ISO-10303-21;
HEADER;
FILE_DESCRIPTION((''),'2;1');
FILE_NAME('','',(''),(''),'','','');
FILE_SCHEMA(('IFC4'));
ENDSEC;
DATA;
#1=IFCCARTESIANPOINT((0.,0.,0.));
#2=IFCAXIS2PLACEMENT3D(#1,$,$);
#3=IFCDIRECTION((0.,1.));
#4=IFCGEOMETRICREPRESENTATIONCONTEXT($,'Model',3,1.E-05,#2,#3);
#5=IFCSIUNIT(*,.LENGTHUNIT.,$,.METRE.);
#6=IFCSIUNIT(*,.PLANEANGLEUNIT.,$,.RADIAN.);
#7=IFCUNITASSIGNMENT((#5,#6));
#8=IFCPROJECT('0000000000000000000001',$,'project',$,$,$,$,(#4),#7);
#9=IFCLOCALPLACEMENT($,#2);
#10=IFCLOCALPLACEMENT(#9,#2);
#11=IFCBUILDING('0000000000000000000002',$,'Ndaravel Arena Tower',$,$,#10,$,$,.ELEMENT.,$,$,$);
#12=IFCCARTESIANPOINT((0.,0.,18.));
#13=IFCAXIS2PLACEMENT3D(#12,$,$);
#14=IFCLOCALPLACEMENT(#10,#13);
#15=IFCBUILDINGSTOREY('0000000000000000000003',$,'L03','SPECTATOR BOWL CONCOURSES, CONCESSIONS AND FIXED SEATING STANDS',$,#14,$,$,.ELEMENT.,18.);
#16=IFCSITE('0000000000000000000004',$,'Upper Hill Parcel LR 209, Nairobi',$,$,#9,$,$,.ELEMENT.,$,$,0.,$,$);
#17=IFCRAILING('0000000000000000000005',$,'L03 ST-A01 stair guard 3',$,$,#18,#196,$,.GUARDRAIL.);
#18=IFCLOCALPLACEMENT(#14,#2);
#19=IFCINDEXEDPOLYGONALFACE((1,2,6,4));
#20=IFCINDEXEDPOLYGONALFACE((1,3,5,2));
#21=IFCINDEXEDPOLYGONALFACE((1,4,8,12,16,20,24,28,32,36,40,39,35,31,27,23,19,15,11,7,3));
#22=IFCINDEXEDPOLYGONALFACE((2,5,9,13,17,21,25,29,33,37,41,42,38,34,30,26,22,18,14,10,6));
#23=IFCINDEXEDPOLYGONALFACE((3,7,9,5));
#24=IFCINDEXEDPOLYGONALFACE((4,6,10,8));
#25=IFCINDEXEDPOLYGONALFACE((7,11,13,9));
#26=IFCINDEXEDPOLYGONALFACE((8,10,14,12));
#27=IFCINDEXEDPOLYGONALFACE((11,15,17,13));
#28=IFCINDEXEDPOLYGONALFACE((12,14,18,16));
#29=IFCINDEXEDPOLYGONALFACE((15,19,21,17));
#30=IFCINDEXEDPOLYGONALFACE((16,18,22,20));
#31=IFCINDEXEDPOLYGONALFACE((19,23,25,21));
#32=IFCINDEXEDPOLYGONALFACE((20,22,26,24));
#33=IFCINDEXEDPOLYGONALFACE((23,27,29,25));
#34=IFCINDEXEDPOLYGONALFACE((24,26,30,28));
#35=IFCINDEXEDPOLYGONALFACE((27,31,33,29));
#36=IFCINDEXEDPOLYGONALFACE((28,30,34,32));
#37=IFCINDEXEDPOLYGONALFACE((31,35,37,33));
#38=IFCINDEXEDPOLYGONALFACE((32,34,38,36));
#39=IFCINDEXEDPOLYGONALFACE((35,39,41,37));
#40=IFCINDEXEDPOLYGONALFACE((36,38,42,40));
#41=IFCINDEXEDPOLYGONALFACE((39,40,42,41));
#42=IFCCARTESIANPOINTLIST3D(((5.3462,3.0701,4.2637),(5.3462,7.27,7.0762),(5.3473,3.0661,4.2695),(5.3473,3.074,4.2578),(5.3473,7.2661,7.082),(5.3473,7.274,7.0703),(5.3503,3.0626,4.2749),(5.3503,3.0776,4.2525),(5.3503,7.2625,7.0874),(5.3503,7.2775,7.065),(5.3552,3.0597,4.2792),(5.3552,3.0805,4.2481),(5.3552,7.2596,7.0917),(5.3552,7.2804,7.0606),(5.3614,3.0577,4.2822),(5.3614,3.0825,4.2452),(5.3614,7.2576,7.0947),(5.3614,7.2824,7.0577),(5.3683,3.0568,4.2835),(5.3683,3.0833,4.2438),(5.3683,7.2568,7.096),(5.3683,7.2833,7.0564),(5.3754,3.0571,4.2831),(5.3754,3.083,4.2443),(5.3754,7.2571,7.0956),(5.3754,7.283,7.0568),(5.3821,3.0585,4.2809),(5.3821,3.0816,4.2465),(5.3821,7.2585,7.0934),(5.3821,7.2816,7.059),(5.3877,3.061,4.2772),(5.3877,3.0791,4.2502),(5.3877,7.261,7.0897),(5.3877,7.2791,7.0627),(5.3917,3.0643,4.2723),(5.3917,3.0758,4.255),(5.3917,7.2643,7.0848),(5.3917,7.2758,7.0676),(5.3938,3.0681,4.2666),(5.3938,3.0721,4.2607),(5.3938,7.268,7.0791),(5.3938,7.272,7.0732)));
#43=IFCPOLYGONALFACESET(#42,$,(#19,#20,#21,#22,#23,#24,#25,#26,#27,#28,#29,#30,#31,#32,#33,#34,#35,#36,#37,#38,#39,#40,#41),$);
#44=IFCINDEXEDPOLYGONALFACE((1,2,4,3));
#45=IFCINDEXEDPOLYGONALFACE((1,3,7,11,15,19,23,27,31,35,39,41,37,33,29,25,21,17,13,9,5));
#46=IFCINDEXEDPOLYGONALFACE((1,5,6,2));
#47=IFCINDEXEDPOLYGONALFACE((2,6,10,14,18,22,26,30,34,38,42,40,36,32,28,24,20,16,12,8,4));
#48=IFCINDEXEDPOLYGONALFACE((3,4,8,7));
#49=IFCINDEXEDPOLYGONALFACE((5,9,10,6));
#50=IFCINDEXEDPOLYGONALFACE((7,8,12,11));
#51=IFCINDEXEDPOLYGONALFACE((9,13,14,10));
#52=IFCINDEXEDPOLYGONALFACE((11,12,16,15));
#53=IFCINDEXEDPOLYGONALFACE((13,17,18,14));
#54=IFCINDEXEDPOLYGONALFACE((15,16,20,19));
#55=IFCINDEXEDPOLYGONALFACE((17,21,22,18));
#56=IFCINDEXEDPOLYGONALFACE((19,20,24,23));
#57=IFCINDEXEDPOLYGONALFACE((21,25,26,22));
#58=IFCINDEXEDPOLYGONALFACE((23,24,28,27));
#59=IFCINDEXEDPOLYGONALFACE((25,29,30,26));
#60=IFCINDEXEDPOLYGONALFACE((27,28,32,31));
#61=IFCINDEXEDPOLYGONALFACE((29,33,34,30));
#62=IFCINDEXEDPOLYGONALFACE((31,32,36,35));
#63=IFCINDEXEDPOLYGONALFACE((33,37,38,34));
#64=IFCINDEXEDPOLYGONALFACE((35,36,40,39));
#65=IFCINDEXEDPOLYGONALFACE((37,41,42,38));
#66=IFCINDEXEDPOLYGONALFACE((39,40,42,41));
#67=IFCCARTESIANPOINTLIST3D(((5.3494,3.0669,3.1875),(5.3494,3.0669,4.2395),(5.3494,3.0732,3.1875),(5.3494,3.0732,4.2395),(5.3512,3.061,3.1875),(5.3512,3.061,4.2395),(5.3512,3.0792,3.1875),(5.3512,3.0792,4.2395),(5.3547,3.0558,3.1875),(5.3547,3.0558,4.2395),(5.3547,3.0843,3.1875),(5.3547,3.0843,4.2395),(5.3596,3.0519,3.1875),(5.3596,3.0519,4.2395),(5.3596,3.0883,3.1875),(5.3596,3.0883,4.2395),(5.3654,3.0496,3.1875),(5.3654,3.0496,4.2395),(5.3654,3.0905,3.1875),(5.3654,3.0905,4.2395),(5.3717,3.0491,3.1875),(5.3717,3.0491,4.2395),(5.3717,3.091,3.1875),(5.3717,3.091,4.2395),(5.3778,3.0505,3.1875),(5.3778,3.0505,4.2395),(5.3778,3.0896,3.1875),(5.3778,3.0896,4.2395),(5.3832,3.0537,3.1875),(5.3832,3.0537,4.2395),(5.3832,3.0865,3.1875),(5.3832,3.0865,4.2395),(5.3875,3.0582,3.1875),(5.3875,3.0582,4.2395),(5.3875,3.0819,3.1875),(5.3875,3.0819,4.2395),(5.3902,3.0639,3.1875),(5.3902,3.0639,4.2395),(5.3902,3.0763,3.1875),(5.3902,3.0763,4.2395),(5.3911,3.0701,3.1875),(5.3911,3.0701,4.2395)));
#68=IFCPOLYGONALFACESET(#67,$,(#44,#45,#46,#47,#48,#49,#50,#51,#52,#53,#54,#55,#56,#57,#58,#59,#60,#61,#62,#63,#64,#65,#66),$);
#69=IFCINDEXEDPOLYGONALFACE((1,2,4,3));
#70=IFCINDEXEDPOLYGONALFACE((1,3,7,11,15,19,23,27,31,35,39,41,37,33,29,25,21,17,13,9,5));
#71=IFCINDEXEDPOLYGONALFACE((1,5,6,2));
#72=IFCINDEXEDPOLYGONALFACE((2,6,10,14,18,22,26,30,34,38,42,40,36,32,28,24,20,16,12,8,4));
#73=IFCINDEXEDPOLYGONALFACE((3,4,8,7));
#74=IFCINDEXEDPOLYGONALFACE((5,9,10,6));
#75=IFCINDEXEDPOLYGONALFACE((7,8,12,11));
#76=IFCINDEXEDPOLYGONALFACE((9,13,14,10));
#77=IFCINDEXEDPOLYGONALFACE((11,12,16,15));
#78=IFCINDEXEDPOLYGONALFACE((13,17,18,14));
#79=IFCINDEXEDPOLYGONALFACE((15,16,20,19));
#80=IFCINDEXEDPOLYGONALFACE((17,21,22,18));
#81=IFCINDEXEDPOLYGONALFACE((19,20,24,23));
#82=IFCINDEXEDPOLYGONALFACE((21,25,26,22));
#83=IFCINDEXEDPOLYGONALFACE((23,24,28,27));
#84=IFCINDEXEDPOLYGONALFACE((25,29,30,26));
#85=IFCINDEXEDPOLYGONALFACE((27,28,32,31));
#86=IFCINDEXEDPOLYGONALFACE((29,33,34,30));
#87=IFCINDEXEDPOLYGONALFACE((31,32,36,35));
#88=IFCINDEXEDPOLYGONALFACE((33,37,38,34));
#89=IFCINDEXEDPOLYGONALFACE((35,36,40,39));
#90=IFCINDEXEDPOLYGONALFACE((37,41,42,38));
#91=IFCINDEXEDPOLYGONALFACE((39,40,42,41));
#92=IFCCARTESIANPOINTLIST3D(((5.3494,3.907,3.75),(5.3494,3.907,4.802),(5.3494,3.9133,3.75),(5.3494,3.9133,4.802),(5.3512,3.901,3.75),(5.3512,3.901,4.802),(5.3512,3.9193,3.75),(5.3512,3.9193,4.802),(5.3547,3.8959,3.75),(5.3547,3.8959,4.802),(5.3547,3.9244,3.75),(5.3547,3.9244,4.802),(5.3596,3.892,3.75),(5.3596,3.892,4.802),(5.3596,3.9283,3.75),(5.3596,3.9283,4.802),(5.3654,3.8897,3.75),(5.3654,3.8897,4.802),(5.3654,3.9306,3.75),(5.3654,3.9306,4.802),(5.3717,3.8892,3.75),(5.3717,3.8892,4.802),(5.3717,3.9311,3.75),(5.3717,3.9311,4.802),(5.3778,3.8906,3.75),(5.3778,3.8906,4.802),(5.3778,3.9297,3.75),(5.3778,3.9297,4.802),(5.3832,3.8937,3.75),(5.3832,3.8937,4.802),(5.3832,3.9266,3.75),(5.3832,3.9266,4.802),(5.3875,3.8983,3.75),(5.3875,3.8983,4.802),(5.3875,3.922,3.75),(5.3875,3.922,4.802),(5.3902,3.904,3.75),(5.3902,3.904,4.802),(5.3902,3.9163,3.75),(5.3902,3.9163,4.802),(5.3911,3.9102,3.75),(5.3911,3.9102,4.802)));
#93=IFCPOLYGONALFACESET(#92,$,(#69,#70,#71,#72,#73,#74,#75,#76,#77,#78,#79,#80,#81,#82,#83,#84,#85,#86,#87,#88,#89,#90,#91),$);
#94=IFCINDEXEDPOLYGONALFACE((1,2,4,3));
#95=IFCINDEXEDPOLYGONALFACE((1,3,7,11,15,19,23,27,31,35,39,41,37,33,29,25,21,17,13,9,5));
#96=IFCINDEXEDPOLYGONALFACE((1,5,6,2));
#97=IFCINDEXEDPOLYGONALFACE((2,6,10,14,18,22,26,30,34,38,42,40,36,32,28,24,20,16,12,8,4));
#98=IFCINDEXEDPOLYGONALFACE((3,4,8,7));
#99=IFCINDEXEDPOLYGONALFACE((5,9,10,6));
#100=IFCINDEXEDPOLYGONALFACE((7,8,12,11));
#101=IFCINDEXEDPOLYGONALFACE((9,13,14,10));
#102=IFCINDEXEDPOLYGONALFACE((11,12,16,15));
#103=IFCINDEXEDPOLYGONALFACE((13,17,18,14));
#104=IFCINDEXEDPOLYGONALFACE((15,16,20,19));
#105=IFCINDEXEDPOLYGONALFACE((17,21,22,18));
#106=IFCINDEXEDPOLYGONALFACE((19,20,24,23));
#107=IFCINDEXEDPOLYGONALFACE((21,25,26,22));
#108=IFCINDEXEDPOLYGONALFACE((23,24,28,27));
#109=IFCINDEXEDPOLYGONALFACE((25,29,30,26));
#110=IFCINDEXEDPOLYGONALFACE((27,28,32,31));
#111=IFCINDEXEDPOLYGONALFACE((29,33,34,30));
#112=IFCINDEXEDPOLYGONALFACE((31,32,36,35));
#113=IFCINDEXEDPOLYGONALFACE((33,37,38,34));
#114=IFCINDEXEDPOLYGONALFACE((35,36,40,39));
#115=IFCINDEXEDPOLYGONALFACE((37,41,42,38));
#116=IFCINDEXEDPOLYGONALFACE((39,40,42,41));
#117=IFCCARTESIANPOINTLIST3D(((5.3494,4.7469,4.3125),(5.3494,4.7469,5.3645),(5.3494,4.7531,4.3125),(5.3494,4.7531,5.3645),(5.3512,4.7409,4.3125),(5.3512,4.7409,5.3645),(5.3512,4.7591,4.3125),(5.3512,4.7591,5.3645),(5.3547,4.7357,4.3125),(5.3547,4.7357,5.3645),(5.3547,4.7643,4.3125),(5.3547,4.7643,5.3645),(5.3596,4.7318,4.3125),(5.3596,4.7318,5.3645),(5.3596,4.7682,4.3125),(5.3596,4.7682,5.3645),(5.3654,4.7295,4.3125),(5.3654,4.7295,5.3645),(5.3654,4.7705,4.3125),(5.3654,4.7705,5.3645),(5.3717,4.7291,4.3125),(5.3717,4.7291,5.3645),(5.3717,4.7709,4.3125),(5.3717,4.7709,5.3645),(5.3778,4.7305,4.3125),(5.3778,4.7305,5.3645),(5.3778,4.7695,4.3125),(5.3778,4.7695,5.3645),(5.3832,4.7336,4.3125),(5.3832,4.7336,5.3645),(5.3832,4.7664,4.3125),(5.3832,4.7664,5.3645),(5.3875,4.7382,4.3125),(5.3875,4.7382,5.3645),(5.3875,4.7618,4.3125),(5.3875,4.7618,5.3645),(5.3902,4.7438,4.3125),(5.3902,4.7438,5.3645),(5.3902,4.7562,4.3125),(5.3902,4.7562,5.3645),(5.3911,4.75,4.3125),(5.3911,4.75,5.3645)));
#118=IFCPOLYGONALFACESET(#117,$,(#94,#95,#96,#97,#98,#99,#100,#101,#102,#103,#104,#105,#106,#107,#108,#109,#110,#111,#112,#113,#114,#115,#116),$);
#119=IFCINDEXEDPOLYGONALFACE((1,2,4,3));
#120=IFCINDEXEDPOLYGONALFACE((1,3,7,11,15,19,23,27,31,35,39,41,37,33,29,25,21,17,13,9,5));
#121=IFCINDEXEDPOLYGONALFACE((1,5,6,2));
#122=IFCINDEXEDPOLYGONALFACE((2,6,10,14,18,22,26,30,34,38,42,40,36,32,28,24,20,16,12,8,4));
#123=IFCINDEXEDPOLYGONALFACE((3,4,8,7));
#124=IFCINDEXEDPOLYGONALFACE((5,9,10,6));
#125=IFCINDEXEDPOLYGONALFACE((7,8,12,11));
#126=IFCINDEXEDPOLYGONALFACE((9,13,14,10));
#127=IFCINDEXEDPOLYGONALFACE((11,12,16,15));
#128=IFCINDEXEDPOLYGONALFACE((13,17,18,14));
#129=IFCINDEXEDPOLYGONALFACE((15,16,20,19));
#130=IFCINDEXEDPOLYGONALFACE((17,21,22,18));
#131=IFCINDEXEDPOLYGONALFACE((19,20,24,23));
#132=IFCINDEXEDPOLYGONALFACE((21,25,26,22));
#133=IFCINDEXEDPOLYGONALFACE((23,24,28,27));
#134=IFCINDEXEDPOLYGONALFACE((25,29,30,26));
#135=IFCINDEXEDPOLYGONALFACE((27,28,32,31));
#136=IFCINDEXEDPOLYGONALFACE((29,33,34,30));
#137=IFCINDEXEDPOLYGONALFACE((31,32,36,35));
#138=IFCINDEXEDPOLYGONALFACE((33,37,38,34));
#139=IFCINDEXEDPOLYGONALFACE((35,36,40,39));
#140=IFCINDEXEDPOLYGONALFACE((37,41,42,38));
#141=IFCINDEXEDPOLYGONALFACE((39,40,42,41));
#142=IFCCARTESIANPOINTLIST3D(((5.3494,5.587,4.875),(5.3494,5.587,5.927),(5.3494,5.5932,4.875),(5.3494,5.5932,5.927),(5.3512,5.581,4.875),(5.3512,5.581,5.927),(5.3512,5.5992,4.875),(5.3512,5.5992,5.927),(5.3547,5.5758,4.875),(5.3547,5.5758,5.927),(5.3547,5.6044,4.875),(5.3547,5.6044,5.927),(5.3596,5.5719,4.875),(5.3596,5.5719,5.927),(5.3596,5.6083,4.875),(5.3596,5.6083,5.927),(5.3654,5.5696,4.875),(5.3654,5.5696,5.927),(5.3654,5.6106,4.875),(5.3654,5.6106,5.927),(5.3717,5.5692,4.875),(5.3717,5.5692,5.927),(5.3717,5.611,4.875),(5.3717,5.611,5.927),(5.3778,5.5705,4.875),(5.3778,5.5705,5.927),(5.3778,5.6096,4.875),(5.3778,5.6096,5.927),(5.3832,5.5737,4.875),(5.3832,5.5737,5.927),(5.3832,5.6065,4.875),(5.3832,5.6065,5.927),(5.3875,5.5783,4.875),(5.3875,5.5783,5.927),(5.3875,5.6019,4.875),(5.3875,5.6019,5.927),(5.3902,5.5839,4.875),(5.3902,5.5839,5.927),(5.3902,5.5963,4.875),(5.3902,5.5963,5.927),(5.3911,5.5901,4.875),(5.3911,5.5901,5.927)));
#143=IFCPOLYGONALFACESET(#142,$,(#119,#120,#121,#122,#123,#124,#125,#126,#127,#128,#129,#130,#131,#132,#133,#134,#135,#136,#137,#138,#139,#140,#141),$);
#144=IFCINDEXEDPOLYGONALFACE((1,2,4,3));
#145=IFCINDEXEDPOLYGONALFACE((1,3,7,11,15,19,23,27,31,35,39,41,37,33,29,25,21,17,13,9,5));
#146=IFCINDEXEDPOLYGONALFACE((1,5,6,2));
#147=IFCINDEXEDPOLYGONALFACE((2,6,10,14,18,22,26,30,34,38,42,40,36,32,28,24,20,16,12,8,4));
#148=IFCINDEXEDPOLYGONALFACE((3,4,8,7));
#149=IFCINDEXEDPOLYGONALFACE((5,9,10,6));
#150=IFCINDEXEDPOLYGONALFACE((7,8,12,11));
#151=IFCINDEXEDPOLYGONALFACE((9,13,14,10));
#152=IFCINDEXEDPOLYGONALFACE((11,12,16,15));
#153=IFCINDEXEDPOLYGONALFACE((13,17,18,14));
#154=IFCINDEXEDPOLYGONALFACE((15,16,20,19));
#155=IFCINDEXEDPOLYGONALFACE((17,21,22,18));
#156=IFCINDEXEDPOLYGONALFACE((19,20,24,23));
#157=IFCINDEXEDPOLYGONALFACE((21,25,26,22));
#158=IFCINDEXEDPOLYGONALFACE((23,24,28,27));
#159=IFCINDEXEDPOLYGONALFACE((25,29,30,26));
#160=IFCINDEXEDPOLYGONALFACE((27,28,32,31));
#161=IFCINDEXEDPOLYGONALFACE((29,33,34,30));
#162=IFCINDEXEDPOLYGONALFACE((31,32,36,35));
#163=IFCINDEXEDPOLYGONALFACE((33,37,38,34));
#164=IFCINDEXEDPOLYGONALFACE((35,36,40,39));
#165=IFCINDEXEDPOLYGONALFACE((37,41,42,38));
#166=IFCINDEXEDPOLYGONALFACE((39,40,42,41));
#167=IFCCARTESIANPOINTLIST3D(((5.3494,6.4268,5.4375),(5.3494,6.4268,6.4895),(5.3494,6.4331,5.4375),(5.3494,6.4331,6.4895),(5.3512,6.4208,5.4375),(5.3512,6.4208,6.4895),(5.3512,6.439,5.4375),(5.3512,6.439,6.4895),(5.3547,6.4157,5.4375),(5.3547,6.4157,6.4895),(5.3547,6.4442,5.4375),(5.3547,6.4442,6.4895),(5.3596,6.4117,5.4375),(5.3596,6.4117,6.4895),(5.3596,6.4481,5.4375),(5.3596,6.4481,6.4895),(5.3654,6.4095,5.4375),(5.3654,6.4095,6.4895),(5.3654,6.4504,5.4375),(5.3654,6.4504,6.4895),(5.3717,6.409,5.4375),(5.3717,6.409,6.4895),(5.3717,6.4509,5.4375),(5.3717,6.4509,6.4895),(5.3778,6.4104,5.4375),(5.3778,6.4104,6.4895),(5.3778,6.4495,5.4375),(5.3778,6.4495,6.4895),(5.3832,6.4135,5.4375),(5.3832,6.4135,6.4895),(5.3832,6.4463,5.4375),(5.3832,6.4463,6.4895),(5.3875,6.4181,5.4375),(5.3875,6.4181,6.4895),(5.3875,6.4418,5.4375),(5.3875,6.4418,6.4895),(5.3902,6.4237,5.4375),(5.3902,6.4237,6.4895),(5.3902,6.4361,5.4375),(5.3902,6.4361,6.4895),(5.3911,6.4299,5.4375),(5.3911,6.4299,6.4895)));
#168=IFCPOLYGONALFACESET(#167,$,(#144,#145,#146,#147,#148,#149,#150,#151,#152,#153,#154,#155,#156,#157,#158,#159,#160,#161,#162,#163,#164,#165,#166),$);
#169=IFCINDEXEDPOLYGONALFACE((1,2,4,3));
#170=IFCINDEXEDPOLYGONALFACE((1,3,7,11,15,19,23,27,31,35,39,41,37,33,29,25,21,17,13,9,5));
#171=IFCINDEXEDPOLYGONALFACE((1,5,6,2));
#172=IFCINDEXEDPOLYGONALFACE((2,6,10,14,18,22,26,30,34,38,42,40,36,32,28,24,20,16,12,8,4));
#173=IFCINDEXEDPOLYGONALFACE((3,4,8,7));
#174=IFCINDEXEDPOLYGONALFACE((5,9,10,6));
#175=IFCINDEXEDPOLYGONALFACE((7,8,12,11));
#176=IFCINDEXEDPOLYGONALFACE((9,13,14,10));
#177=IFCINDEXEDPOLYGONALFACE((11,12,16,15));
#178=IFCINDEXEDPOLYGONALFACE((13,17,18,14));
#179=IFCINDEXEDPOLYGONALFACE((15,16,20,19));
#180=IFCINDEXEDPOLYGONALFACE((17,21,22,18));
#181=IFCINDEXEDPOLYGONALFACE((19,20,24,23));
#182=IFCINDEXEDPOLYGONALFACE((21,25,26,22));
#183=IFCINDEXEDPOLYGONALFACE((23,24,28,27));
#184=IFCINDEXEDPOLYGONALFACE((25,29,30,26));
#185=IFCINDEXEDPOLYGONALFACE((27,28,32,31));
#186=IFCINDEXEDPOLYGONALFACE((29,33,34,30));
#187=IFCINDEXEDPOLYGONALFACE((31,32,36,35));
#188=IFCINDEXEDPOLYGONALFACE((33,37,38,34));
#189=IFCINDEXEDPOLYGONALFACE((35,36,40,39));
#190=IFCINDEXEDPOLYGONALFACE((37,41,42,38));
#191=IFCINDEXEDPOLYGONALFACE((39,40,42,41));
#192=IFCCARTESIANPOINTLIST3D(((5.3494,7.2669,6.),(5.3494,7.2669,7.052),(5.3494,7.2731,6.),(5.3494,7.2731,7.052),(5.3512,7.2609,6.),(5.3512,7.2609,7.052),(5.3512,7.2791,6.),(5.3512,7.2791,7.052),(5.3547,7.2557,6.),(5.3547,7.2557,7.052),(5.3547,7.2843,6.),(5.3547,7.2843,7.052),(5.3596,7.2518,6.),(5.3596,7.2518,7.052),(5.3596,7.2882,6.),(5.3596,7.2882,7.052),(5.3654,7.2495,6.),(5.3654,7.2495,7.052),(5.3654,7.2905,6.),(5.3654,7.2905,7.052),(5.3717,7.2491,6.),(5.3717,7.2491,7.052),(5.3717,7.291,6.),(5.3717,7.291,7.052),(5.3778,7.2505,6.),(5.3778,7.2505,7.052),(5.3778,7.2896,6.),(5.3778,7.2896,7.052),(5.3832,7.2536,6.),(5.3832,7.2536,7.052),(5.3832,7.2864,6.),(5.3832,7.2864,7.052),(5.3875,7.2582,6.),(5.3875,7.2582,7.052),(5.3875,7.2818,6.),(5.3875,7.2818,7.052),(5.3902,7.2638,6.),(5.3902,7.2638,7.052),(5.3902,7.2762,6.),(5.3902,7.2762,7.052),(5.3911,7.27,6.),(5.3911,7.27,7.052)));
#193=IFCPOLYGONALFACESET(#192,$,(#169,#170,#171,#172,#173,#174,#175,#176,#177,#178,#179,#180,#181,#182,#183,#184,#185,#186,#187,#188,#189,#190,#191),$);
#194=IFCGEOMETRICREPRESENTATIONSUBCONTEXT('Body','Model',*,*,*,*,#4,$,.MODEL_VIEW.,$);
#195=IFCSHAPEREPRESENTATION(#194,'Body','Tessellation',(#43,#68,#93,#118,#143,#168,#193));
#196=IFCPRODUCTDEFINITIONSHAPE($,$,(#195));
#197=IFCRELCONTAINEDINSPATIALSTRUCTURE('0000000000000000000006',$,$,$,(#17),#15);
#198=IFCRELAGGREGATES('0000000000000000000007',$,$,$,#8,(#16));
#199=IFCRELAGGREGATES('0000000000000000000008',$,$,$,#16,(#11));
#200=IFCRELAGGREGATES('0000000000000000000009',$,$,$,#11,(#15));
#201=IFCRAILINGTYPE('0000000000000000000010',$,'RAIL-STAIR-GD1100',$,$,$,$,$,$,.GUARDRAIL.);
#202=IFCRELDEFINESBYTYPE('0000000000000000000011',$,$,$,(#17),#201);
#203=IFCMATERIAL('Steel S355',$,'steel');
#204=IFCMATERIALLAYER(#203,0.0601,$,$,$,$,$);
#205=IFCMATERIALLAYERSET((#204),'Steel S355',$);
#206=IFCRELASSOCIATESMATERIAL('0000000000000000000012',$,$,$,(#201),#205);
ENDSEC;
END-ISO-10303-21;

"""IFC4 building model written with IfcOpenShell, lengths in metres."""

from ifc_helpers import new_model, si_unit, direction, frame, origin, origin_2d, place, context, subcontext, project, spatial, circle, extrude, material, layer, layer_set, type_object, element, save


model = new_model("IFC4")

# Units and contexts
model_context = context("Model", 3, precision=1e-05, world=origin(), true_north=direction((0.0, 1.0)))
body_context = subcontext(model_context, "Body", "Model", "MODEL_VIEW")
ifc_project = project(units=[si_unit("LENGTHUNIT", "METRE"), si_unit("PLANEANGLEUNIT", "RADIAN")], contexts=[model_context])

# Site, building, storey
site_placement = place(None, origin())
site = spatial("IfcSite", under=ifc_project, at=site_placement, Name="Upper Hill Parcel LR 209, Nairobi", CompositionType="ELEMENT", RefElevation=0.0)
building_placement = place(site_placement, origin())
building = spatial("IfcBuilding", under=site, at=building_placement, Name="Ndaravel Arena Tower", CompositionType="ELEMENT")
storey_placement = place(building_placement, frame((0.0, 0.0, 18.0)))
storey = spatial("IfcBuildingStorey", under=building, at=storey_placement, Name="L03", Description="SPECTATOR BOWL CONCOURSES, CONCESSIONS AND FIXED SEATING STANDS", CompositionType="ELEMENT", Elevation=18.0)

# Railing
ifc_material_1 = material(Name="Steel S355", Category="steel")
ifc_layer_1 = layer(ifc_material_1, 0.0601)
ifc_layer_set_1 = layer_set([ifc_layer_1], Name="Steel S355")
railing_type_1 = type_object("IfcRailingType", Name="RAIL-STAIR-GD1100", PredefinedType="GUARDRAIL", material=ifc_layer_set_1)
railing_1_placement = place(storey_placement, frame((5.3701, 3.0701, 3.1875)))
element("IfcRailing", 1, at=railing_1_placement, inside=storey, type_object=railing_type_1, Name="L03 ST-A01 stair guard 3", PredefinedType="GUARDRAIL", context=body_context, shape_type="SweptSolid", body=[
    extrude(circle(Radius=0.0239, at=origin_2d()), frame((0.0, 0.0, 1.0762), z_axis=(0.0, 0.830904, 0.556416), x_axis=(-1.0, 0.0, 0.0)), (0.0, 0.0, 1.0), 5.0547),
    extrude(circle(Radius=0.021, at=origin_2d()), origin(), (0.0, 0.0, 1.0), 1.052),
    extrude(circle(Radius=0.021, at=origin_2d()), frame((0.0, 0.8401, 0.5625)), (0.0, 0.0, 1.0), 1.052),
    extrude(circle(Radius=0.021, at=origin_2d()), frame((0.0, 1.6799, 1.125)), (0.0, 0.0, 1.0), 1.052),
    extrude(circle(Radius=0.021, at=origin_2d()), frame((0.0, 2.52, 1.6875)), (0.0, 0.0, 1.0), 1.052),
    extrude(circle(Radius=0.021, at=origin_2d()), frame((0.0, 3.3599, 2.25)), (0.0, 0.0, 1.0), 1.052),
    extrude(circle(Radius=0.021, at=origin_2d()), frame((0.0, 4.2, 2.8125)), (0.0, 0.0, 1.0), 1.052),
])

save(model, "model.ifc")
